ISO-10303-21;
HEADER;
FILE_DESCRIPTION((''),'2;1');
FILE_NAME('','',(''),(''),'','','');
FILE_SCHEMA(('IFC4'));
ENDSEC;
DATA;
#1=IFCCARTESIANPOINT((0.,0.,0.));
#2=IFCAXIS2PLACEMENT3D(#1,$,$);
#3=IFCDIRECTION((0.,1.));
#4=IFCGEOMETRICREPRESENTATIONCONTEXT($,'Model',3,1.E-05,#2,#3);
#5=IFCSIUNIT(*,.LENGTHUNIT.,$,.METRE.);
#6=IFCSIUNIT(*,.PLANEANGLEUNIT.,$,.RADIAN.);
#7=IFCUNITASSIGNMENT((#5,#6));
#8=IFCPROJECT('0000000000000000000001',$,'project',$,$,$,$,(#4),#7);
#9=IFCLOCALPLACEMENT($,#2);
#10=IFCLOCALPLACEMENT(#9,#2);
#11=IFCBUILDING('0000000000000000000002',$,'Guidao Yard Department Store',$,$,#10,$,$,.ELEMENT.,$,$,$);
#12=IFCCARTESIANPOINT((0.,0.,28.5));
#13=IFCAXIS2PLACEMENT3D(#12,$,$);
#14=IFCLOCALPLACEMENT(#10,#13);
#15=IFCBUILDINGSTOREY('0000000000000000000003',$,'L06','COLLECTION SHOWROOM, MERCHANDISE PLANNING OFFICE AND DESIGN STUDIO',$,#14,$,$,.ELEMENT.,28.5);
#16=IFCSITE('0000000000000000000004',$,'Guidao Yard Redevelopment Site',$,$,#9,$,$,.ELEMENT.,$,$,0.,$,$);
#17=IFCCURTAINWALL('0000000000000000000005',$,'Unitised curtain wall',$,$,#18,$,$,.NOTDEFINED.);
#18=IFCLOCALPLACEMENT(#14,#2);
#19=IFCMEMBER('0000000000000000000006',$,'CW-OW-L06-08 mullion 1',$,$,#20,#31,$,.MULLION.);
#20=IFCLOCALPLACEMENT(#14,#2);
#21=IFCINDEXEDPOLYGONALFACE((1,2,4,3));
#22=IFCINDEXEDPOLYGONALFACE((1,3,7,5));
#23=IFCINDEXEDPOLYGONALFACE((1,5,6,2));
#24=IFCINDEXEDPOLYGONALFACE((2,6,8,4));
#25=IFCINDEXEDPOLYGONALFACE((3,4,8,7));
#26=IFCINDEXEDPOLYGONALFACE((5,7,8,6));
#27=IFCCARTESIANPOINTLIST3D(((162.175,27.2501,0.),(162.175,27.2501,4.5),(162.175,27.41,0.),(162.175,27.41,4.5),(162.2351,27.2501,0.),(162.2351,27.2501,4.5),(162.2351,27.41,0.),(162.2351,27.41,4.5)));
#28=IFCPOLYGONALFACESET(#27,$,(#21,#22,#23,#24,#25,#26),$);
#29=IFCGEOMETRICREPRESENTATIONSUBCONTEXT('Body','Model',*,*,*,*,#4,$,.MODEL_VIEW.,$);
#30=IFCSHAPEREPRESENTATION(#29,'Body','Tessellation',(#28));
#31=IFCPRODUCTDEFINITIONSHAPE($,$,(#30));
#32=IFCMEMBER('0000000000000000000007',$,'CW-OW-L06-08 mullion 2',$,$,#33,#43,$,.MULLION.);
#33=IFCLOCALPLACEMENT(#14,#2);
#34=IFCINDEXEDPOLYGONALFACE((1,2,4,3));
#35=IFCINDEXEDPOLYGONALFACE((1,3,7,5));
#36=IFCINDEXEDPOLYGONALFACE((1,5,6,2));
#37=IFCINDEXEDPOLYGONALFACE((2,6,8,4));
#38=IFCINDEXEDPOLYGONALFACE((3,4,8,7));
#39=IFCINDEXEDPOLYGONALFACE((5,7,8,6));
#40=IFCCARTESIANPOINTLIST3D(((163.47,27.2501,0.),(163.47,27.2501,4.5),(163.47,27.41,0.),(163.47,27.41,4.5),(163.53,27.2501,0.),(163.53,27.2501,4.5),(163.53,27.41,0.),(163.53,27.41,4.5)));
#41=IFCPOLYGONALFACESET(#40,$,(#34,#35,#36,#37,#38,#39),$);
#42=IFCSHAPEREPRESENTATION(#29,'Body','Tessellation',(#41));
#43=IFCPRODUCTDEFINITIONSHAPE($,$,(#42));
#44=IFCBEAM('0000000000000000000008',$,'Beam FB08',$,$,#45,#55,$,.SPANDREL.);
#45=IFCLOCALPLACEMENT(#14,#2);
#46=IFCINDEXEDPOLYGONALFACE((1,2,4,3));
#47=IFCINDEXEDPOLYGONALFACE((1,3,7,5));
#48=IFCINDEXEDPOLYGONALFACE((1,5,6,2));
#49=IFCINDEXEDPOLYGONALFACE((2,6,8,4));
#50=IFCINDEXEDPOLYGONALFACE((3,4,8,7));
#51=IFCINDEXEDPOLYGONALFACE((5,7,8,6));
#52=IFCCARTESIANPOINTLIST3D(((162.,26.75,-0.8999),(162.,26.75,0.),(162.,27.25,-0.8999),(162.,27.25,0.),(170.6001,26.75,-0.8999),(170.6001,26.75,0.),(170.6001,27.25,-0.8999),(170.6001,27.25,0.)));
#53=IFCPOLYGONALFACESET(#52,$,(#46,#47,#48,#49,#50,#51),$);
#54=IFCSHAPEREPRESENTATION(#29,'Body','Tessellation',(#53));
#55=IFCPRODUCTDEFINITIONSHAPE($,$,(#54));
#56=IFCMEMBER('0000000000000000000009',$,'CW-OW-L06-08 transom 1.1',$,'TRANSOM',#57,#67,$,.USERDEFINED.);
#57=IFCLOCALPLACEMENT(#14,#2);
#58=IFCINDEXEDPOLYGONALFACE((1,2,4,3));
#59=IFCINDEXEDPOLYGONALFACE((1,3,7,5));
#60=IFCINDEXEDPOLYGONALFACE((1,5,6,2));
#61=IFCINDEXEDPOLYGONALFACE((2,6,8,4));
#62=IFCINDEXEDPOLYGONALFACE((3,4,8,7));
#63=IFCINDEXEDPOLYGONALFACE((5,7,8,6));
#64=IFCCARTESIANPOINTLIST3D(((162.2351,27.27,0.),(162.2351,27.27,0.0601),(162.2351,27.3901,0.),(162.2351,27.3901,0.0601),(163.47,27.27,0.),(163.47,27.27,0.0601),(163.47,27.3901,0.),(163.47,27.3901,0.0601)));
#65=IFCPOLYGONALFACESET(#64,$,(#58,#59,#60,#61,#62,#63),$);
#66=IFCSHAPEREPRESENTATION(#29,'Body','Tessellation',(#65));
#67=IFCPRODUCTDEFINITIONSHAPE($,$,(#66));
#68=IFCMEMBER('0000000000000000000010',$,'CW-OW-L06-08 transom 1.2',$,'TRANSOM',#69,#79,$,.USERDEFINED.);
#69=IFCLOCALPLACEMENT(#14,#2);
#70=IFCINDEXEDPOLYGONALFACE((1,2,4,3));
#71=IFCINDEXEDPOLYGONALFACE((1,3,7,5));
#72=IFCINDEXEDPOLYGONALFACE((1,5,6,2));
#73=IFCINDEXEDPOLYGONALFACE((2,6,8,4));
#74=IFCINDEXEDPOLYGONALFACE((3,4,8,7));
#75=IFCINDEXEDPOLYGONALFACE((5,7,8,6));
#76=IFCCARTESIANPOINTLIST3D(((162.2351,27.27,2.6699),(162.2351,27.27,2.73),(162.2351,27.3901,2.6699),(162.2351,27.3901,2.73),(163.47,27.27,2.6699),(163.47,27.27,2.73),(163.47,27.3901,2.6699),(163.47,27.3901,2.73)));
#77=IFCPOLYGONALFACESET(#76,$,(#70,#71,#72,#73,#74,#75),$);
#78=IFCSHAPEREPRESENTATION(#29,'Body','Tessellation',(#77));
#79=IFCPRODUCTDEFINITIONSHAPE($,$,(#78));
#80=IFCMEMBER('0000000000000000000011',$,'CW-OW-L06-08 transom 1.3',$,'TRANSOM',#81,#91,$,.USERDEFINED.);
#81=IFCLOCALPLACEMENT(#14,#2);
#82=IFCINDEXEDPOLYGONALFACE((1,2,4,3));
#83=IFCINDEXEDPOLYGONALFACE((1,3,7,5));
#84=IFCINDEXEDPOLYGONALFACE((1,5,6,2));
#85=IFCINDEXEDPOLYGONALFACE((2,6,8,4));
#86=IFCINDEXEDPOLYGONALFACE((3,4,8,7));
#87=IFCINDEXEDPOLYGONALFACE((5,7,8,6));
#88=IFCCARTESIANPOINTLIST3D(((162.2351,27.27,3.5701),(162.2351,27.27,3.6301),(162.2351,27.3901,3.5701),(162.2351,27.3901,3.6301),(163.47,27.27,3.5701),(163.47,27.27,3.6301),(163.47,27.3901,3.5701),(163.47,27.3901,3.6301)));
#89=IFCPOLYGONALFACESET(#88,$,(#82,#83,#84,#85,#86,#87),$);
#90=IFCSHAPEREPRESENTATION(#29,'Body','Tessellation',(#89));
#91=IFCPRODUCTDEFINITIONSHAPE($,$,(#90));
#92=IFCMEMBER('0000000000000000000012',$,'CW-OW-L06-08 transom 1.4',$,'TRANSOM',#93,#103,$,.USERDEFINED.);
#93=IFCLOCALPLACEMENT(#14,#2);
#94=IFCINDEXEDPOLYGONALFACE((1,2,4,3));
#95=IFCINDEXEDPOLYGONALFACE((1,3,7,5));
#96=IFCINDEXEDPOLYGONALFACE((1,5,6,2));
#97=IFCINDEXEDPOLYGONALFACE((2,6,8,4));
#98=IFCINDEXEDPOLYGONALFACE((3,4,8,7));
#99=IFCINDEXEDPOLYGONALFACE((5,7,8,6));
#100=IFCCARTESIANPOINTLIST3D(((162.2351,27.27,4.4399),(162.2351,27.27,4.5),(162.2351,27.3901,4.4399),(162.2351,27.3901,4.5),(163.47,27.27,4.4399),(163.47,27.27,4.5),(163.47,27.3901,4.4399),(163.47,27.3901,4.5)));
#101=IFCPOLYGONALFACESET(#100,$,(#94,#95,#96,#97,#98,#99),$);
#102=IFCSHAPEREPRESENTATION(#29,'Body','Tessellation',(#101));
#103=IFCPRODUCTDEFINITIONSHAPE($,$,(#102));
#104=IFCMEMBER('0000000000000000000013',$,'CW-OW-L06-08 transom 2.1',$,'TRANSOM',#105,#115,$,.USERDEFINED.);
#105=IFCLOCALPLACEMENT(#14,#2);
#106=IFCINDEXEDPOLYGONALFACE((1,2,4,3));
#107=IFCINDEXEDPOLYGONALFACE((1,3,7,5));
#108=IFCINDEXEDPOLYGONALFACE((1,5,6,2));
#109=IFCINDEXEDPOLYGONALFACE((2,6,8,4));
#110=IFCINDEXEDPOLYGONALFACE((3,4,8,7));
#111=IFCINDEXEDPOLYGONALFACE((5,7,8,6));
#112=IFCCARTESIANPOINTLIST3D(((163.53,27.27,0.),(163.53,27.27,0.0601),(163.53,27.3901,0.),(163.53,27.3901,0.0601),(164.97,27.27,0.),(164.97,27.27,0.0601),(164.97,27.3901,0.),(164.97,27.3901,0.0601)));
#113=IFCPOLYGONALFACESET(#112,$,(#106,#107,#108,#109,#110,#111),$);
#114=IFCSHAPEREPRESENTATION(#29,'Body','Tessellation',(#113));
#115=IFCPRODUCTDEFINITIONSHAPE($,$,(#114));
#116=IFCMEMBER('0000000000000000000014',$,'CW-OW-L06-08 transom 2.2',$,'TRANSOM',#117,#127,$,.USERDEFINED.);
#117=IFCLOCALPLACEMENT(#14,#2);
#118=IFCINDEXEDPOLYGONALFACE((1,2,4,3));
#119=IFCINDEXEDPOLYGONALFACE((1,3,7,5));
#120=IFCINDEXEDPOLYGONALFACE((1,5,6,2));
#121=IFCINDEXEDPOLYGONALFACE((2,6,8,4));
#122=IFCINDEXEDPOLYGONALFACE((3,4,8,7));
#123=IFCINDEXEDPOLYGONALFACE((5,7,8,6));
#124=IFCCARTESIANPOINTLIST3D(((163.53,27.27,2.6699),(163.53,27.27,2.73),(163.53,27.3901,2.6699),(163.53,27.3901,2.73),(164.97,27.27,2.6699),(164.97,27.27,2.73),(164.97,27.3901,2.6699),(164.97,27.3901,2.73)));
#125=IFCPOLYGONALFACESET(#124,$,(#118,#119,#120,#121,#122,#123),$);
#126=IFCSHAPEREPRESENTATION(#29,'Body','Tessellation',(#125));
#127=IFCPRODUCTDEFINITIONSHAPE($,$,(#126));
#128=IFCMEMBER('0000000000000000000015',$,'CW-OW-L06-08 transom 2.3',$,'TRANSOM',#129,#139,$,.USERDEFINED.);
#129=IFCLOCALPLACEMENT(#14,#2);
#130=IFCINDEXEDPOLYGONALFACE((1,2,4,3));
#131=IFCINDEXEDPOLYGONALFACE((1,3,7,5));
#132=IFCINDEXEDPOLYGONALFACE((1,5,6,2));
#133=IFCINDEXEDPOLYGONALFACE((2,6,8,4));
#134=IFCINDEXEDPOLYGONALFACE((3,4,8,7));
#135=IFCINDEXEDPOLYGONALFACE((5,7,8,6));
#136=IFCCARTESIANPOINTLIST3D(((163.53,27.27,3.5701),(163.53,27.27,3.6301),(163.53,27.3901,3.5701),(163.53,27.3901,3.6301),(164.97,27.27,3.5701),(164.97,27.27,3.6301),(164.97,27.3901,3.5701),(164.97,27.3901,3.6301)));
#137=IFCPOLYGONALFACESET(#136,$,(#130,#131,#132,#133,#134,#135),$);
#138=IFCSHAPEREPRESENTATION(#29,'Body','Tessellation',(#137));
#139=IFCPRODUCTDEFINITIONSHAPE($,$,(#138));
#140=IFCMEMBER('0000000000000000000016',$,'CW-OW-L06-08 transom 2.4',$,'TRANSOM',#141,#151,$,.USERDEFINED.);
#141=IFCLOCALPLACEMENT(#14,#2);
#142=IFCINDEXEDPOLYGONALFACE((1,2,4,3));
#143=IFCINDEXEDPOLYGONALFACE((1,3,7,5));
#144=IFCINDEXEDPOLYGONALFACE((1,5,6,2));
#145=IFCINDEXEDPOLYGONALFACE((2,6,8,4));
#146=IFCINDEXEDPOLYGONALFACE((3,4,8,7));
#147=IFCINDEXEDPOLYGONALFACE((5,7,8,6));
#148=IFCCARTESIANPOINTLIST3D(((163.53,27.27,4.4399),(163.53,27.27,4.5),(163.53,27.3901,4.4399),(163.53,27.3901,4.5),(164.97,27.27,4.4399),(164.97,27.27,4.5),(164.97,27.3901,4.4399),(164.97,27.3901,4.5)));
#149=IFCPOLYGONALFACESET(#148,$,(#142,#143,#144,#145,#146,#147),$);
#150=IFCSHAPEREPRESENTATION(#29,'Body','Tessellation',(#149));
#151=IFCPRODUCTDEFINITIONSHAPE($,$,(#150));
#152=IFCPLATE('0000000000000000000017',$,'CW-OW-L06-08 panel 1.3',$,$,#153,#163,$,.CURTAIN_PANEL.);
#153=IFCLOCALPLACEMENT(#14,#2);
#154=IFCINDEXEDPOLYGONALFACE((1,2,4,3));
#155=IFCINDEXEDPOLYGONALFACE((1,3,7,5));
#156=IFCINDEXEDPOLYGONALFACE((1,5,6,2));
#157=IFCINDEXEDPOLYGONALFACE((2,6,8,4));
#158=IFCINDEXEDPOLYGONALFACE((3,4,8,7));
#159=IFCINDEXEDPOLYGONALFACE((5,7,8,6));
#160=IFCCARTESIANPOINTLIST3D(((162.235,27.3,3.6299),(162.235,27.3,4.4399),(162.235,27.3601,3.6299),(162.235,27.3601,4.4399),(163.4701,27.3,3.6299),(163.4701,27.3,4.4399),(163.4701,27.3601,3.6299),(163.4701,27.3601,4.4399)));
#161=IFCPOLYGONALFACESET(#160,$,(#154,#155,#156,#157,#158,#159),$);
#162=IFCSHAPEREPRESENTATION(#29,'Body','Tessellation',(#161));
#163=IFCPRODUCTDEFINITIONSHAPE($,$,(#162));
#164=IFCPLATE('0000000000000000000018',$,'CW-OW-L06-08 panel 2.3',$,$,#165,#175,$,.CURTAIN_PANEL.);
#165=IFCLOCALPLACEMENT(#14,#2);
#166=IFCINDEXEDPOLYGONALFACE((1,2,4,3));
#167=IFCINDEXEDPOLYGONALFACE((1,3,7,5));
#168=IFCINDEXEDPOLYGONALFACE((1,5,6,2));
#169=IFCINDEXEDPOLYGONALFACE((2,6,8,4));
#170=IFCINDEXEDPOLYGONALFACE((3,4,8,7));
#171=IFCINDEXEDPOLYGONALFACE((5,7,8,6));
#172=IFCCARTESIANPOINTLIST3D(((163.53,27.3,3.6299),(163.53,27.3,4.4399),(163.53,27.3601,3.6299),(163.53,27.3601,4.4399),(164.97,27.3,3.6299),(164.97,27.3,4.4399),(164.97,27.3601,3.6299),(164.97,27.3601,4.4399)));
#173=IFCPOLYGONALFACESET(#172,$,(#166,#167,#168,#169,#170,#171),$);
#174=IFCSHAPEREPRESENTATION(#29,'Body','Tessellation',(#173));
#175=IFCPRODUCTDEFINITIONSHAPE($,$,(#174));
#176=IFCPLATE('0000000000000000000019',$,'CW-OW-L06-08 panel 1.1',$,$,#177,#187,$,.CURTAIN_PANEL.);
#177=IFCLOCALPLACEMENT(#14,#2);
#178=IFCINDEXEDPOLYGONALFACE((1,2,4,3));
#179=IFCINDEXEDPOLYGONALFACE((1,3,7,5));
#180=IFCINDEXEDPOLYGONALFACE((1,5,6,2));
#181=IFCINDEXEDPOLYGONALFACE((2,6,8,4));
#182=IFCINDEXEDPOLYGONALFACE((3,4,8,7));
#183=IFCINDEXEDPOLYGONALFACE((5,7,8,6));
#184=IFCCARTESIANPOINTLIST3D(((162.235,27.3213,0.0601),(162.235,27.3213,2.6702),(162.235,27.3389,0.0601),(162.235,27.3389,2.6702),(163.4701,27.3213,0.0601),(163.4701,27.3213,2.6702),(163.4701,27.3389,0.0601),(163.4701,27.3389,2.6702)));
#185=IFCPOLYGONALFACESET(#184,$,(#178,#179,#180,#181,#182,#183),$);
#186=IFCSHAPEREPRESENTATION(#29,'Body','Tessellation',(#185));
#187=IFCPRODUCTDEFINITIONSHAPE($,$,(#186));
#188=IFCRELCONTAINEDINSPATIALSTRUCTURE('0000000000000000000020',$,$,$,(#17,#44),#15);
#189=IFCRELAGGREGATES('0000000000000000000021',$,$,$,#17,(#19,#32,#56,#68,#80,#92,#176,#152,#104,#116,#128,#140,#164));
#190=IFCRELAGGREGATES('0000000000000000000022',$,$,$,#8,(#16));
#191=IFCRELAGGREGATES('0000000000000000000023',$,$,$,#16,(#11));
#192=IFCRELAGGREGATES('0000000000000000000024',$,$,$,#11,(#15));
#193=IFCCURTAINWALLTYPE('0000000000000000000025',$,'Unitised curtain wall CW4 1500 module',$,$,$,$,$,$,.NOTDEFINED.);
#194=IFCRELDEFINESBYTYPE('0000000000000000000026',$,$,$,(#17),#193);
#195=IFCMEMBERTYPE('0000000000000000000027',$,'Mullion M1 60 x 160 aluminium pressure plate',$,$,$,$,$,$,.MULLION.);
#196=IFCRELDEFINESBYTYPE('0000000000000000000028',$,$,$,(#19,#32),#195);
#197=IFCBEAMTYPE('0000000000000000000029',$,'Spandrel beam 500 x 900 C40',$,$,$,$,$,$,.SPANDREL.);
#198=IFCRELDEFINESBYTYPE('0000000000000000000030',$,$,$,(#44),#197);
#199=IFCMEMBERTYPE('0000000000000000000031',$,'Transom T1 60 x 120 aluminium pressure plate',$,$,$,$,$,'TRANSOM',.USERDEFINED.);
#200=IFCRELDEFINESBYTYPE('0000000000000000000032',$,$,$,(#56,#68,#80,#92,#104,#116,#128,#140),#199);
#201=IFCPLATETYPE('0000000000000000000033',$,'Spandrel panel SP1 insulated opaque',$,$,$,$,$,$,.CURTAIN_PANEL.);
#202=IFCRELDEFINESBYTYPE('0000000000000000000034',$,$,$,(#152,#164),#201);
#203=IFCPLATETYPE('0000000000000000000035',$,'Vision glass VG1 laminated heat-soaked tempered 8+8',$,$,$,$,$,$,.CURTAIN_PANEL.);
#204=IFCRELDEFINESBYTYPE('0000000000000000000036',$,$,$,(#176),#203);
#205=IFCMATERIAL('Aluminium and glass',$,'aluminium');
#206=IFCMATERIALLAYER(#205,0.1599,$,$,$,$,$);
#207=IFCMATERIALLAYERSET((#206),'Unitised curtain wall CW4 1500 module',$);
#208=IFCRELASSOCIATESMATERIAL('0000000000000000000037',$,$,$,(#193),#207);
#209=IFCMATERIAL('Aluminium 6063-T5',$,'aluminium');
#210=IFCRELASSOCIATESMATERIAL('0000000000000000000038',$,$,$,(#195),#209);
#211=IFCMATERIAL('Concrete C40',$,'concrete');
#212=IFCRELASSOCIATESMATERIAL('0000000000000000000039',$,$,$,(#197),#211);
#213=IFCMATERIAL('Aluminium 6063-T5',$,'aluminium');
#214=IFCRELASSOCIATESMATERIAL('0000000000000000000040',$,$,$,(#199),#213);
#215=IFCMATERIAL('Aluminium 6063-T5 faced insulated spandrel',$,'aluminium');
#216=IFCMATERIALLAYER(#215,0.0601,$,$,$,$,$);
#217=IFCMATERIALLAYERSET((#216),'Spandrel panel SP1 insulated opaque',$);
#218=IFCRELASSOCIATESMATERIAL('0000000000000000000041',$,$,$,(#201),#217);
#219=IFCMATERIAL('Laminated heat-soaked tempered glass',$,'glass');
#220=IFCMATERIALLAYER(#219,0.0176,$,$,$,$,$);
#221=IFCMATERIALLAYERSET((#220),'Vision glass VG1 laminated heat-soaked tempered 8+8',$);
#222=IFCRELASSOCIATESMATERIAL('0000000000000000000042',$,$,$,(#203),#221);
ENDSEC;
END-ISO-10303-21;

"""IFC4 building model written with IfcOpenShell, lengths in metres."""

from ifc_helpers import new_model, si_unit, direction, frame, origin, origin_2d, place, context, subcontext, project, spatial, rectangle, extrude, material, layer, layer_set, material_profile, profile_set, type_object, element, aggregate, save


model = new_model("IFC4")

# Units and contexts
model_context = context("Model", 3, precision=1e-05, world=origin(), true_north=direction((0.0, 1.0)))
body_context = subcontext(model_context, "Body", "Model", "MODEL_VIEW")
ifc_project = project(units=[si_unit("LENGTHUNIT", "METRE"), si_unit("PLANEANGLEUNIT", "RADIAN")], contexts=[model_context])

# Site, building, storey
site_placement = place(None, origin())
site = spatial("IfcSite", under=ifc_project, at=site_placement, Name="Guidao Yard Redevelopment Site", CompositionType="ELEMENT", RefElevation=0.0)
building_placement = place(site_placement, origin())
building = spatial("IfcBuilding", under=site, at=building_placement, Name="Guidao Yard Department Store", CompositionType="ELEMENT")
storey_placement = place(building_placement, frame((0.0, 0.0, 28.5)))
storey = spatial("IfcBuildingStorey", under=building, at=storey_placement, Name="L06", Description="COLLECTION SHOWROOM, MERCHANDISE PLANNING OFFICE AND DESIGN STUDIO", CompositionType="ELEMENT", Elevation=28.5)

# Curtain wall, members
ifc_material_1 = material(Name="Aluminium and glass", Category="aluminium")
ifc_layer_1 = layer(ifc_material_1, 0.1599)
ifc_layer_set_1 = layer_set([ifc_layer_1], Name="Unitised curtain wall CW4 1500 module")
curtain_wall_type = type_object("IfcCurtainWallType", Name="Unitised curtain wall CW4 1500 module", PredefinedType="NOTDEFINED", material=ifc_layer_set_1)
curtain_wall_placement = place(storey_placement, origin())
curtain_wall = element("IfcCurtainWall", 1, at=curtain_wall_placement, inside=storey, type_object=curtain_wall_type, Name="Unitised curtain wall", PredefinedType="NOTDEFINED")
ifc_material_2 = material(Name="Aluminium 6063-T5", Category="aluminium")
ifc_material_profile_1 = material_profile(ifc_material_2, rectangle(XDim=0.0601, YDim=0.1599, at=origin_2d()), Name="Mullion M1 60 x 160 aluminium pressure plate")
ifc_profile_set_1 = profile_set([ifc_material_profile_1], Name="Aluminium 6063-T5")
member_type_1 = type_object("IfcMemberType", Name="Mullion M1 60 x 160 aluminium pressure plate", PredefinedType="MULLION", material=ifc_profile_set_1)
member_1_placement = place(storey_placement, frame((162.2051, 27.3301, 0.0), z_axis=(0.0, 0.0, 1.0), x_axis=(1.0, 0.0, 0.0)))
member_1 = element("IfcMember", 2, at=member_1_placement, type_object=member_type_1, Name="CW-OW-L06-08 mullion 1", PredefinedType="MULLION", context=body_context, shape_type="SweptSolid", body=[
    extrude(rectangle(XDim=0.0601, YDim=0.1599, at=origin_2d()), origin(), (0.0, 0.0, 1.0), 4.5),
])
member_2_placement = place(storey_placement, frame((163.5, 27.3301, 0.0), z_axis=(0.0, 0.0, 1.0), x_axis=(1.0, 0.0, 0.0)))
member_2 = element("IfcMember", 3, at=member_2_placement, type_object=member_type_1, Name="CW-OW-L06-08 mullion 2", PredefinedType="MULLION", context=body_context, shape_type="SweptSolid", body=[
    extrude(rectangle(XDim=0.0601, YDim=0.1599, at=origin_2d()), origin(), (0.0, 0.0, 1.0), 4.5),
])

# Beam
ifc_material_3 = material(Name="Concrete C40", Category="concrete")
ifc_material_profile_2 = material_profile(ifc_material_3, rectangle(XDim=0.5, YDim=0.8999, at=origin_2d()), Name="Spandrel beam 500 x 900 C40")
ifc_profile_set_2 = profile_set([ifc_material_profile_2], Name="Concrete C40")
beam_type = type_object("IfcBeamType", Name="Spandrel beam 500 x 900 C40", PredefinedType="SPANDREL", material=ifc_profile_set_2)
beam_placement = place(storey_placement, frame((162.0, 27.0, -0.45), z_axis=(1.0, 0.0, 0.0), x_axis=(0.0, 1.0, 0.0)))
element("IfcBeam", 4, at=beam_placement, inside=storey, type_object=beam_type, Name="Beam FB08", PredefinedType="SPANDREL", context=body_context, shape_type="SweptSolid", body=[
    extrude(rectangle(XDim=0.5, YDim=0.8999, at=origin_2d()), origin(), (0.0, 0.0, 1.0), 8.6001),
])

# Members
ifc_material_4 = material(Name="Aluminium 6063-T5", Category="aluminium")
ifc_material_profile_3 = material_profile(ifc_material_4, rectangle(XDim=0.1201, YDim=0.0601, at=origin_2d()), Name="Transom T1 60 x 120 aluminium pressure plate")
ifc_profile_set_3 = profile_set([ifc_material_profile_3], Name="Aluminium 6063-T5")
member_type_2 = type_object("IfcMemberType", Name="Transom T1 60 x 120 aluminium pressure plate", ElementType="TRANSOM", PredefinedType="USERDEFINED", material=ifc_profile_set_3)
member_3_placement = place(storey_placement, frame((162.2351, 27.3301, 0.03), z_axis=(1.0, 0.0, 0.0), x_axis=(0.0, 1.0, 0.0)))
member_3 = element("IfcMember", 5, at=member_3_placement, type_object=member_type_2, Name="CW-OW-L06-08 transom 1.1", ObjectType="TRANSOM", PredefinedType="USERDEFINED", context=body_context, shape_type="SweptSolid", body=[
    extrude(rectangle(XDim=0.1201, YDim=0.0601, at=origin_2d()), origin(), (0.0, 0.0, 1.0), 1.2349),
])
member_4_placement = place(storey_placement, frame((162.2351, 27.3301, 2.7), z_axis=(1.0, 0.0, 0.0), x_axis=(0.0, 1.0, 0.0)))
member_4 = element("IfcMember", 6, at=member_4_placement, type_object=member_type_2, Name="CW-OW-L06-08 transom 1.2", ObjectType="TRANSOM", PredefinedType="USERDEFINED", context=body_context, shape_type="SweptSolid", body=[
    extrude(rectangle(XDim=0.1201, YDim=0.0601, at=origin_2d()), origin(), (0.0, 0.0, 1.0), 1.2349),
])
member_5_placement = place(storey_placement, frame((162.2351, 27.3301, 3.6001), z_axis=(1.0, 0.0, 0.0), x_axis=(0.0, 1.0, 0.0)))
member_5 = element("IfcMember", 7, at=member_5_placement, type_object=member_type_2, Name="CW-OW-L06-08 transom 1.3", ObjectType="TRANSOM", PredefinedType="USERDEFINED", context=body_context, shape_type="SweptSolid", body=[
    extrude(rectangle(XDim=0.1201, YDim=0.0601, at=origin_2d()), origin(), (0.0, 0.0, 1.0), 1.2349),
])
member_6_placement = place(storey_placement, frame((162.2351, 27.3301, 4.47), z_axis=(1.0, 0.0, 0.0), x_axis=(0.0, 1.0, 0.0)))
member_6 = element("IfcMember", 8, at=member_6_placement, type_object=member_type_2, Name="CW-OW-L06-08 transom 1.4", ObjectType="TRANSOM", PredefinedType="USERDEFINED", context=body_context, shape_type="SweptSolid", body=[
    extrude(rectangle(XDim=0.1201, YDim=0.0601, at=origin_2d()), origin(), (0.0, 0.0, 1.0), 1.2349),
])
member_7_placement = place(storey_placement, frame((163.53, 27.3301, 0.03), z_axis=(1.0, 0.0, 0.0), x_axis=(0.0, 1.0, 0.0)))
member_7 = element("IfcMember", 9, at=member_7_placement, type_object=member_type_2, Name="CW-OW-L06-08 transom 2.1", ObjectType="TRANSOM", PredefinedType="USERDEFINED", context=body_context, shape_type="SweptSolid", body=[
    extrude(rectangle(XDim=0.1201, YDim=0.0601, at=origin_2d()), origin(), (0.0, 0.0, 1.0), 1.4399),
])
member_8_placement = place(storey_placement, frame((163.53, 27.3301, 2.7), z_axis=(1.0, 0.0, 0.0), x_axis=(0.0, 1.0, 0.0)))
member_8 = element("IfcMember", 10, at=member_8_placement, type_object=member_type_2, Name="CW-OW-L06-08 transom 2.2", ObjectType="TRANSOM", PredefinedType="USERDEFINED", context=body_context, shape_type="SweptSolid", body=[
    extrude(rectangle(XDim=0.1201, YDim=0.0601, at=origin_2d()), origin(), (0.0, 0.0, 1.0), 1.4399),
])
member_9_placement = place(storey_placement, frame((163.53, 27.3301, 3.6001), z_axis=(1.0, 0.0, 0.0), x_axis=(0.0, 1.0, 0.0)))
member_9 = element("IfcMember", 11, at=member_9_placement, type_object=member_type_2, Name="CW-OW-L06-08 transom 2.3", ObjectType="TRANSOM", PredefinedType="USERDEFINED", context=body_context, shape_type="SweptSolid", body=[
    extrude(rectangle(XDim=0.1201, YDim=0.0601, at=origin_2d()), origin(), (0.0, 0.0, 1.0), 1.4399),
])
member_10_placement = place(storey_placement, frame((163.53, 27.3301, 4.47), z_axis=(1.0, 0.0, 0.0), x_axis=(0.0, 1.0, 0.0)))
member_10 = element("IfcMember", 12, at=member_10_placement, type_object=member_type_2, Name="CW-OW-L06-08 transom 2.4", ObjectType="TRANSOM", PredefinedType="USERDEFINED", context=body_context, shape_type="SweptSolid", body=[
    extrude(rectangle(XDim=0.1201, YDim=0.0601, at=origin_2d()), origin(), (0.0, 0.0, 1.0), 1.4399),
])

# Plates
ifc_material_5 = material(Name="Aluminium 6063-T5 faced insulated spandrel", Category="aluminium")
ifc_layer_2 = layer(ifc_material_5, 0.0601)
ifc_layer_set_2 = layer_set([ifc_layer_2], Name="Spandrel panel SP1 insulated opaque")
plate_type_1 = type_object("IfcPlateType", Name="Spandrel panel SP1 insulated opaque", PredefinedType="CURTAIN_PANEL", material=ifc_layer_set_2)
plate_1_placement = place(storey_placement, frame((162.8525, 27.3301, 3.6299), z_axis=(0.0, 0.0, 1.0), x_axis=(1.0, 0.0, 0.0)))
plate_1 = element("IfcPlate", 13, at=plate_1_placement, type_object=plate_type_1, Name="CW-OW-L06-08 panel 1.3", PredefinedType="CURTAIN_PANEL", context=body_context, shape_type="SweptSolid", body=[
    extrude(rectangle(XDim=1.2351, YDim=0.0601, at=origin_2d()), origin(), (0.0, 0.0, 1.0), 0.8101),
])
plate_2_placement = place(storey_placement, frame((164.25, 27.3301, 3.6299), z_axis=(0.0, 0.0, 1.0), x_axis=(1.0, 0.0, 0.0)))
plate_2 = element("IfcPlate", 14, at=plate_2_placement, type_object=plate_type_1, Name="CW-OW-L06-08 panel 2.3", PredefinedType="CURTAIN_PANEL", context=body_context, shape_type="SweptSolid", body=[
    extrude(rectangle(XDim=1.4399, YDim=0.0601, at=origin_2d()), origin(), (0.0, 0.0, 1.0), 0.8101),
])
ifc_material_6 = material(Name="Laminated heat-soaked tempered glass", Category="glass")
ifc_layer_3 = layer(ifc_material_6, 0.0176)
ifc_layer_set_3 = layer_set([ifc_layer_3], Name="Vision glass VG1 laminated heat-soaked tempered 8+8")
plate_type_2 = type_object("IfcPlateType", Name="Vision glass VG1 laminated heat-soaked tempered 8+8", PredefinedType="CURTAIN_PANEL", material=ifc_layer_set_3)
plate_3_placement = place(storey_placement, frame((162.8525, 27.3301, 0.0601), z_axis=(0.0, 0.0, 1.0), x_axis=(1.0, 0.0, 0.0)))
plate_3 = element("IfcPlate", 15, at=plate_3_placement, type_object=plate_type_2, Name="CW-OW-L06-08 panel 1.1", PredefinedType="CURTAIN_PANEL", context=body_context, shape_type="SweptSolid", body=[
    extrude(rectangle(XDim=1.2351, YDim=0.0176, at=origin_2d()), origin(), (0.0, 0.0, 1.0), 2.6101),
])
aggregate(curtain_wall, [member_1, member_2, member_3, member_4, member_5, member_6, plate_3, plate_1, member_7, member_8, member_9, member_10, plate_2])

save(model, "model.ifc")
